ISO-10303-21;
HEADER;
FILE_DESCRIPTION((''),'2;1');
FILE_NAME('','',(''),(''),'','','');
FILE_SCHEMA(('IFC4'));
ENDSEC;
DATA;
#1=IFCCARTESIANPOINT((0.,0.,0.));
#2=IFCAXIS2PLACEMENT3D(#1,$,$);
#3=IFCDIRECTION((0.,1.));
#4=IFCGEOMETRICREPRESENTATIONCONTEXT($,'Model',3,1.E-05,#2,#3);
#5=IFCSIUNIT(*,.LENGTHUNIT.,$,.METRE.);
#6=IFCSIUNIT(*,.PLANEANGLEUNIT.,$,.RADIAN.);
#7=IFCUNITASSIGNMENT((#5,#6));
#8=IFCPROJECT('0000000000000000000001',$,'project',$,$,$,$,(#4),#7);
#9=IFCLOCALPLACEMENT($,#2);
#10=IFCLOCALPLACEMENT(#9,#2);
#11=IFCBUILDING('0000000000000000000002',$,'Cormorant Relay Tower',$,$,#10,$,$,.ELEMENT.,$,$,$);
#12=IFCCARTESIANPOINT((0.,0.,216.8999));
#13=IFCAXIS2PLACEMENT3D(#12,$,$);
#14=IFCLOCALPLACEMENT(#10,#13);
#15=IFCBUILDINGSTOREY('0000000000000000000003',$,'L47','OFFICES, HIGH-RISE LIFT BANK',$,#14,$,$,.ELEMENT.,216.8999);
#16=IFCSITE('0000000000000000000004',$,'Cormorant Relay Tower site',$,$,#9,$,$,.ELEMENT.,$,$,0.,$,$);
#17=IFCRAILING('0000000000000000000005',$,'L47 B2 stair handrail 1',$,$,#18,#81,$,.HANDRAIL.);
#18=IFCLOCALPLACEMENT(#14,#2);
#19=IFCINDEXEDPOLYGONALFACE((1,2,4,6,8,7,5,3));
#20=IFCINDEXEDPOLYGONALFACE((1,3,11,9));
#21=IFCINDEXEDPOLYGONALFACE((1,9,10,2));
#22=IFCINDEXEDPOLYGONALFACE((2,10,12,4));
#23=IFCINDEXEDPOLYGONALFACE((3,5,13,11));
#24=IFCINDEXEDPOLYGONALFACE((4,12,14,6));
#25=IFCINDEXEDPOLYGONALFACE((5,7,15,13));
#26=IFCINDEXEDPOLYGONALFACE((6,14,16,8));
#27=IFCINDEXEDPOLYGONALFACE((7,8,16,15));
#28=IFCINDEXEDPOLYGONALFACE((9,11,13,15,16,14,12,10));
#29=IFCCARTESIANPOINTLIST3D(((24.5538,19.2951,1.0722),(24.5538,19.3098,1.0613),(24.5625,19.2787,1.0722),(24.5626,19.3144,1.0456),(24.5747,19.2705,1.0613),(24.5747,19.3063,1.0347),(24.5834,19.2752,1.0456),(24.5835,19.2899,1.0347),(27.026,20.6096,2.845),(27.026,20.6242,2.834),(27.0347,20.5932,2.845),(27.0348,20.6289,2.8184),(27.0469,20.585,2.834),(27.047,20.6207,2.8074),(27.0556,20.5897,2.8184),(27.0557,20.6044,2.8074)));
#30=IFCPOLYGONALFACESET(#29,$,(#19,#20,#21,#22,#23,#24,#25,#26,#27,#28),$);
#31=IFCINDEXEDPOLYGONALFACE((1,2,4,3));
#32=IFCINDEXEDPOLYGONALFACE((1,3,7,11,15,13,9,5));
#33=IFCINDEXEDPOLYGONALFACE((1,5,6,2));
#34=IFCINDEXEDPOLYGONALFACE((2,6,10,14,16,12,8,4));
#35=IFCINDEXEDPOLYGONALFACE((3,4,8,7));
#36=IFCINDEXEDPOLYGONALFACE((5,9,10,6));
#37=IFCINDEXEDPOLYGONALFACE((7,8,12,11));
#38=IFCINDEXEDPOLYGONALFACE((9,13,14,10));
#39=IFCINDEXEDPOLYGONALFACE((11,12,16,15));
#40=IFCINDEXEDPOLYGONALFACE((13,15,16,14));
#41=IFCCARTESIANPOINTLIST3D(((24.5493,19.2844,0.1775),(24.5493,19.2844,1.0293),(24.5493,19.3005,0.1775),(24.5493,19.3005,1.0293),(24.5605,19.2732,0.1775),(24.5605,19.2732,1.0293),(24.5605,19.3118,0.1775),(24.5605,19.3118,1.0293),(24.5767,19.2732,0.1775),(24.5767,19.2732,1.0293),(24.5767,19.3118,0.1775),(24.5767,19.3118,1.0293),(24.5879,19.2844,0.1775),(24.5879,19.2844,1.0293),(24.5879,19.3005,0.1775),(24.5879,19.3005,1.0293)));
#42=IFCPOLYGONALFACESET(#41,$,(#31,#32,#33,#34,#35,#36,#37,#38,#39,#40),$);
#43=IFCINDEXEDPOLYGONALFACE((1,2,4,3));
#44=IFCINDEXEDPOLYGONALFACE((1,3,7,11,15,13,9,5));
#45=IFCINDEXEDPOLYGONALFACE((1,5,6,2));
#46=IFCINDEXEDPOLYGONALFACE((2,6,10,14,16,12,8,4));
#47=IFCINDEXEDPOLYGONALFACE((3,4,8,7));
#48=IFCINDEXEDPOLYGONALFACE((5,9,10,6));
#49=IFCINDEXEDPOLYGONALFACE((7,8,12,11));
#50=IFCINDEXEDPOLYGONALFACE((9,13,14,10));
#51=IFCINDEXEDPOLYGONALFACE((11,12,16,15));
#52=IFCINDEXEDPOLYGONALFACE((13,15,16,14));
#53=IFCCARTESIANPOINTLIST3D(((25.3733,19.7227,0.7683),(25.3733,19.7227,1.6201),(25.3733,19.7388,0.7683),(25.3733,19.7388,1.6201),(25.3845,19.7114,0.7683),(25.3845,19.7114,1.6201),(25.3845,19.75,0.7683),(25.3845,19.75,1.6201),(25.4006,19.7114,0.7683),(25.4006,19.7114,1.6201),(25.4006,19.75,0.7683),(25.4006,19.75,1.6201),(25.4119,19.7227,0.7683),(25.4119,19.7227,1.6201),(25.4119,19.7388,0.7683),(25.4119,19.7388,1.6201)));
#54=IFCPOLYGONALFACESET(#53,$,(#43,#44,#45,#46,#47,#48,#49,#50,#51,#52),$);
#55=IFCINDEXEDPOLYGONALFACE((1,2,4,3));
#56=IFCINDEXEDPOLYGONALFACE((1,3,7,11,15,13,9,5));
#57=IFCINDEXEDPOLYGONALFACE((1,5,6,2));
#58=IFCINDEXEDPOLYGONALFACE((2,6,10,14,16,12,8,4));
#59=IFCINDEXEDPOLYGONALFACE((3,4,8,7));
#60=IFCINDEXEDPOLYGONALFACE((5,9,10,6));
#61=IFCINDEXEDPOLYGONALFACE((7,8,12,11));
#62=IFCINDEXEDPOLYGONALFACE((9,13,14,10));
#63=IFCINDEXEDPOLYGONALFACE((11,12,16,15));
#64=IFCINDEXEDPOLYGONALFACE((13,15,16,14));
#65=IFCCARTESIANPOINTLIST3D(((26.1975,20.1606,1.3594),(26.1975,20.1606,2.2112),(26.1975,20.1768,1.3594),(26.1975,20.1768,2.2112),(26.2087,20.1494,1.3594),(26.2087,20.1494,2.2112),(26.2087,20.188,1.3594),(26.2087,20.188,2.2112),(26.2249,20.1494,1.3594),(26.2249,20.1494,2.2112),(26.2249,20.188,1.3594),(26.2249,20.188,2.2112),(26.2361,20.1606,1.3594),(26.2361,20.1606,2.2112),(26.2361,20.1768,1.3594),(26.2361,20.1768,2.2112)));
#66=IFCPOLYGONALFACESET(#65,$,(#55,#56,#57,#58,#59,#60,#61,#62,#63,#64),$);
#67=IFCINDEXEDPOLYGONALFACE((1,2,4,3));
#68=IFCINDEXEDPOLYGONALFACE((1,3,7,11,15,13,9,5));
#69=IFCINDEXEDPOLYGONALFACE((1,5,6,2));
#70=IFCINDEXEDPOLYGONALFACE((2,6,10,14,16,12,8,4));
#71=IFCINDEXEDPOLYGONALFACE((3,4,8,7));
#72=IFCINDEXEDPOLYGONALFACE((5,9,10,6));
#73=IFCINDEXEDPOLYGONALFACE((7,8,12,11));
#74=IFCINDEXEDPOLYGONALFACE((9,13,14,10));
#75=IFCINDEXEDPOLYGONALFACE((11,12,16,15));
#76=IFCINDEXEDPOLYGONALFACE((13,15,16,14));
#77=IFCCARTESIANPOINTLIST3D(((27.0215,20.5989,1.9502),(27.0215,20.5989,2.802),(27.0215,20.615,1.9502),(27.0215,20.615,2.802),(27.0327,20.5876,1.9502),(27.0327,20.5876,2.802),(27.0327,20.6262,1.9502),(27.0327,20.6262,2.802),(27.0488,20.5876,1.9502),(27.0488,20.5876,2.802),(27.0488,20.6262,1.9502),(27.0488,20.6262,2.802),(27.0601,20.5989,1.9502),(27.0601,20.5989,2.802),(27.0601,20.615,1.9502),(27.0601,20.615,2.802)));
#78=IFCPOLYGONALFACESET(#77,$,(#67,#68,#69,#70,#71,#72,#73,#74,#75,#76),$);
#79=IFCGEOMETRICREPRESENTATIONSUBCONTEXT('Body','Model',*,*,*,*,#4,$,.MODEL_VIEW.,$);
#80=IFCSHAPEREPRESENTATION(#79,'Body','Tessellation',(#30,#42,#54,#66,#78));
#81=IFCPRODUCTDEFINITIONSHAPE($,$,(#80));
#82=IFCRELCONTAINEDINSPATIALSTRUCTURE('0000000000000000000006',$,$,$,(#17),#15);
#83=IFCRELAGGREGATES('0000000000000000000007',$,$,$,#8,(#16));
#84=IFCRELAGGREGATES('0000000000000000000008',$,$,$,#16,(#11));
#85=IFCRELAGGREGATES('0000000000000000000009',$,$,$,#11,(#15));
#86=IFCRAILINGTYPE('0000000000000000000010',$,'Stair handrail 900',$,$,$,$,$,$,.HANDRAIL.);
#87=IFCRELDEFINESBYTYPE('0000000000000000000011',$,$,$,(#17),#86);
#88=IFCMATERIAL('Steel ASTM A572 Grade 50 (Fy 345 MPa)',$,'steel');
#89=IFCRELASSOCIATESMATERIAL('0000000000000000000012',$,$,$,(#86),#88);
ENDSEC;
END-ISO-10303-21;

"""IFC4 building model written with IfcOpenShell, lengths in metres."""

from ifc_helpers import new_model, si_unit, direction, frame, origin, place, context, subcontext, project, spatial, polyline, outline, extrude, material, type_object, element, save


model = new_model("IFC4")

# Units and contexts
model_context = context("Model", 3, precision=1e-05, world=origin(), true_north=direction((0.0, 1.0)))
body_context = subcontext(model_context, "Body", "Model", "MODEL_VIEW")
ifc_project = project(units=[si_unit("LENGTHUNIT", "METRE"), si_unit("PLANEANGLEUNIT", "RADIAN")], contexts=[model_context])

# Site, building, storey
site_placement = place(None, origin())
site = spatial("IfcSite", under=ifc_project, at=site_placement, Name="Cormorant Relay Tower site", CompositionType="ELEMENT", RefElevation=0.0)
building_placement = place(site_placement, origin())
building = spatial("IfcBuilding", under=site, at=building_placement, Name="Cormorant Relay Tower", CompositionType="ELEMENT")
storey_placement = place(building_placement, frame((0.0, 0.0, 216.8999)))
storey = spatial("IfcBuildingStorey", under=building, at=storey_placement, Name="L47", Description="OFFICES, HIGH-RISE LIFT BANK", CompositionType="ELEMENT", Elevation=216.8999)

# Railing
ifc_material_1 = material(Name="Steel ASTM A572 Grade 50 (Fy 345 MPa)", Category="steel")
railing_type_1 = type_object("IfcRailingType", Name="Stair handrail 900", PredefinedType="HANDRAIL", material=ifc_material_1)
railing_1_placement = place(storey_placement, frame((24.5686, 19.2925, 0.1775)))
element("IfcRailing", 1, at=railing_1_placement, inside=storey, type_object=railing_type_1, Name="L47 B2 stair handrail 1", PredefinedType="HANDRAIL", context=body_context, shape_type="SweptSolid", body=[
    extrude(outline(polyline([(0.0222, 0.0093), (0.0093, 0.0222), (-0.0093, 0.0222), (-0.0222, 0.0093), (-0.0222, -0.0093), (-0.0093, -0.0222), (0.0093, -0.0222), (0.0222, -0.0093), (0.0222, 0.0093)])), frame((0.0, 0.0, 0.876), z_axis=(0.746001, 0.396649, 0.534931), x_axis=(-0.469465, 0.882951, 0.0)), (0.0, 0.0, 1.0), 3.314),
    extrude(outline(polyline([(0.0193, 0.0081), (0.0081, 0.0193), (-0.0081, 0.0193), (-0.0193, 0.0081), (-0.0193, -0.0081), (-0.0081, -0.0193), (0.0081, -0.0193), (0.0193, -0.0081), (0.0193, 0.0081)])), origin(), (0.0, 0.0, 1.0), 0.8518),
    extrude(outline(polyline([(0.0193, 0.0081), (0.0081, 0.0193), (-0.0081, 0.0193), (-0.0193, 0.0081), (-0.0193, -0.0081), (-0.0081, -0.0193), (0.0081, -0.0193), (0.0193, -0.0081), (0.0193, 0.0081)])), frame((0.824, 0.4382, 0.5908)), (0.0, 0.0, 1.0), 0.8518),
    extrude(outline(polyline([(0.0193, 0.0081), (0.0081, 0.0193), (-0.0081, 0.0193), (-0.0193, 0.0081), (-0.0193, -0.0081), (-0.0081, -0.0193), (0.0081, -0.0193), (0.0193, -0.0081), (0.0193, 0.0081)])), frame((1.6482, 0.8762, 1.1819)), (0.0, 0.0, 1.0), 0.8518),
    extrude(outline(polyline([(0.0193, 0.0081), (0.0081, 0.0193), (-0.0081, 0.0193), (-0.0193, 0.0081), (-0.0193, -0.0081), (-0.0081, -0.0193), (0.0081, -0.0193), (0.0193, -0.0081), (0.0193, 0.0081)])), frame((2.4722, 1.3145, 1.7727)), (0.0, 0.0, 1.0), 0.8518),
])

save(model, "model.ifc")
